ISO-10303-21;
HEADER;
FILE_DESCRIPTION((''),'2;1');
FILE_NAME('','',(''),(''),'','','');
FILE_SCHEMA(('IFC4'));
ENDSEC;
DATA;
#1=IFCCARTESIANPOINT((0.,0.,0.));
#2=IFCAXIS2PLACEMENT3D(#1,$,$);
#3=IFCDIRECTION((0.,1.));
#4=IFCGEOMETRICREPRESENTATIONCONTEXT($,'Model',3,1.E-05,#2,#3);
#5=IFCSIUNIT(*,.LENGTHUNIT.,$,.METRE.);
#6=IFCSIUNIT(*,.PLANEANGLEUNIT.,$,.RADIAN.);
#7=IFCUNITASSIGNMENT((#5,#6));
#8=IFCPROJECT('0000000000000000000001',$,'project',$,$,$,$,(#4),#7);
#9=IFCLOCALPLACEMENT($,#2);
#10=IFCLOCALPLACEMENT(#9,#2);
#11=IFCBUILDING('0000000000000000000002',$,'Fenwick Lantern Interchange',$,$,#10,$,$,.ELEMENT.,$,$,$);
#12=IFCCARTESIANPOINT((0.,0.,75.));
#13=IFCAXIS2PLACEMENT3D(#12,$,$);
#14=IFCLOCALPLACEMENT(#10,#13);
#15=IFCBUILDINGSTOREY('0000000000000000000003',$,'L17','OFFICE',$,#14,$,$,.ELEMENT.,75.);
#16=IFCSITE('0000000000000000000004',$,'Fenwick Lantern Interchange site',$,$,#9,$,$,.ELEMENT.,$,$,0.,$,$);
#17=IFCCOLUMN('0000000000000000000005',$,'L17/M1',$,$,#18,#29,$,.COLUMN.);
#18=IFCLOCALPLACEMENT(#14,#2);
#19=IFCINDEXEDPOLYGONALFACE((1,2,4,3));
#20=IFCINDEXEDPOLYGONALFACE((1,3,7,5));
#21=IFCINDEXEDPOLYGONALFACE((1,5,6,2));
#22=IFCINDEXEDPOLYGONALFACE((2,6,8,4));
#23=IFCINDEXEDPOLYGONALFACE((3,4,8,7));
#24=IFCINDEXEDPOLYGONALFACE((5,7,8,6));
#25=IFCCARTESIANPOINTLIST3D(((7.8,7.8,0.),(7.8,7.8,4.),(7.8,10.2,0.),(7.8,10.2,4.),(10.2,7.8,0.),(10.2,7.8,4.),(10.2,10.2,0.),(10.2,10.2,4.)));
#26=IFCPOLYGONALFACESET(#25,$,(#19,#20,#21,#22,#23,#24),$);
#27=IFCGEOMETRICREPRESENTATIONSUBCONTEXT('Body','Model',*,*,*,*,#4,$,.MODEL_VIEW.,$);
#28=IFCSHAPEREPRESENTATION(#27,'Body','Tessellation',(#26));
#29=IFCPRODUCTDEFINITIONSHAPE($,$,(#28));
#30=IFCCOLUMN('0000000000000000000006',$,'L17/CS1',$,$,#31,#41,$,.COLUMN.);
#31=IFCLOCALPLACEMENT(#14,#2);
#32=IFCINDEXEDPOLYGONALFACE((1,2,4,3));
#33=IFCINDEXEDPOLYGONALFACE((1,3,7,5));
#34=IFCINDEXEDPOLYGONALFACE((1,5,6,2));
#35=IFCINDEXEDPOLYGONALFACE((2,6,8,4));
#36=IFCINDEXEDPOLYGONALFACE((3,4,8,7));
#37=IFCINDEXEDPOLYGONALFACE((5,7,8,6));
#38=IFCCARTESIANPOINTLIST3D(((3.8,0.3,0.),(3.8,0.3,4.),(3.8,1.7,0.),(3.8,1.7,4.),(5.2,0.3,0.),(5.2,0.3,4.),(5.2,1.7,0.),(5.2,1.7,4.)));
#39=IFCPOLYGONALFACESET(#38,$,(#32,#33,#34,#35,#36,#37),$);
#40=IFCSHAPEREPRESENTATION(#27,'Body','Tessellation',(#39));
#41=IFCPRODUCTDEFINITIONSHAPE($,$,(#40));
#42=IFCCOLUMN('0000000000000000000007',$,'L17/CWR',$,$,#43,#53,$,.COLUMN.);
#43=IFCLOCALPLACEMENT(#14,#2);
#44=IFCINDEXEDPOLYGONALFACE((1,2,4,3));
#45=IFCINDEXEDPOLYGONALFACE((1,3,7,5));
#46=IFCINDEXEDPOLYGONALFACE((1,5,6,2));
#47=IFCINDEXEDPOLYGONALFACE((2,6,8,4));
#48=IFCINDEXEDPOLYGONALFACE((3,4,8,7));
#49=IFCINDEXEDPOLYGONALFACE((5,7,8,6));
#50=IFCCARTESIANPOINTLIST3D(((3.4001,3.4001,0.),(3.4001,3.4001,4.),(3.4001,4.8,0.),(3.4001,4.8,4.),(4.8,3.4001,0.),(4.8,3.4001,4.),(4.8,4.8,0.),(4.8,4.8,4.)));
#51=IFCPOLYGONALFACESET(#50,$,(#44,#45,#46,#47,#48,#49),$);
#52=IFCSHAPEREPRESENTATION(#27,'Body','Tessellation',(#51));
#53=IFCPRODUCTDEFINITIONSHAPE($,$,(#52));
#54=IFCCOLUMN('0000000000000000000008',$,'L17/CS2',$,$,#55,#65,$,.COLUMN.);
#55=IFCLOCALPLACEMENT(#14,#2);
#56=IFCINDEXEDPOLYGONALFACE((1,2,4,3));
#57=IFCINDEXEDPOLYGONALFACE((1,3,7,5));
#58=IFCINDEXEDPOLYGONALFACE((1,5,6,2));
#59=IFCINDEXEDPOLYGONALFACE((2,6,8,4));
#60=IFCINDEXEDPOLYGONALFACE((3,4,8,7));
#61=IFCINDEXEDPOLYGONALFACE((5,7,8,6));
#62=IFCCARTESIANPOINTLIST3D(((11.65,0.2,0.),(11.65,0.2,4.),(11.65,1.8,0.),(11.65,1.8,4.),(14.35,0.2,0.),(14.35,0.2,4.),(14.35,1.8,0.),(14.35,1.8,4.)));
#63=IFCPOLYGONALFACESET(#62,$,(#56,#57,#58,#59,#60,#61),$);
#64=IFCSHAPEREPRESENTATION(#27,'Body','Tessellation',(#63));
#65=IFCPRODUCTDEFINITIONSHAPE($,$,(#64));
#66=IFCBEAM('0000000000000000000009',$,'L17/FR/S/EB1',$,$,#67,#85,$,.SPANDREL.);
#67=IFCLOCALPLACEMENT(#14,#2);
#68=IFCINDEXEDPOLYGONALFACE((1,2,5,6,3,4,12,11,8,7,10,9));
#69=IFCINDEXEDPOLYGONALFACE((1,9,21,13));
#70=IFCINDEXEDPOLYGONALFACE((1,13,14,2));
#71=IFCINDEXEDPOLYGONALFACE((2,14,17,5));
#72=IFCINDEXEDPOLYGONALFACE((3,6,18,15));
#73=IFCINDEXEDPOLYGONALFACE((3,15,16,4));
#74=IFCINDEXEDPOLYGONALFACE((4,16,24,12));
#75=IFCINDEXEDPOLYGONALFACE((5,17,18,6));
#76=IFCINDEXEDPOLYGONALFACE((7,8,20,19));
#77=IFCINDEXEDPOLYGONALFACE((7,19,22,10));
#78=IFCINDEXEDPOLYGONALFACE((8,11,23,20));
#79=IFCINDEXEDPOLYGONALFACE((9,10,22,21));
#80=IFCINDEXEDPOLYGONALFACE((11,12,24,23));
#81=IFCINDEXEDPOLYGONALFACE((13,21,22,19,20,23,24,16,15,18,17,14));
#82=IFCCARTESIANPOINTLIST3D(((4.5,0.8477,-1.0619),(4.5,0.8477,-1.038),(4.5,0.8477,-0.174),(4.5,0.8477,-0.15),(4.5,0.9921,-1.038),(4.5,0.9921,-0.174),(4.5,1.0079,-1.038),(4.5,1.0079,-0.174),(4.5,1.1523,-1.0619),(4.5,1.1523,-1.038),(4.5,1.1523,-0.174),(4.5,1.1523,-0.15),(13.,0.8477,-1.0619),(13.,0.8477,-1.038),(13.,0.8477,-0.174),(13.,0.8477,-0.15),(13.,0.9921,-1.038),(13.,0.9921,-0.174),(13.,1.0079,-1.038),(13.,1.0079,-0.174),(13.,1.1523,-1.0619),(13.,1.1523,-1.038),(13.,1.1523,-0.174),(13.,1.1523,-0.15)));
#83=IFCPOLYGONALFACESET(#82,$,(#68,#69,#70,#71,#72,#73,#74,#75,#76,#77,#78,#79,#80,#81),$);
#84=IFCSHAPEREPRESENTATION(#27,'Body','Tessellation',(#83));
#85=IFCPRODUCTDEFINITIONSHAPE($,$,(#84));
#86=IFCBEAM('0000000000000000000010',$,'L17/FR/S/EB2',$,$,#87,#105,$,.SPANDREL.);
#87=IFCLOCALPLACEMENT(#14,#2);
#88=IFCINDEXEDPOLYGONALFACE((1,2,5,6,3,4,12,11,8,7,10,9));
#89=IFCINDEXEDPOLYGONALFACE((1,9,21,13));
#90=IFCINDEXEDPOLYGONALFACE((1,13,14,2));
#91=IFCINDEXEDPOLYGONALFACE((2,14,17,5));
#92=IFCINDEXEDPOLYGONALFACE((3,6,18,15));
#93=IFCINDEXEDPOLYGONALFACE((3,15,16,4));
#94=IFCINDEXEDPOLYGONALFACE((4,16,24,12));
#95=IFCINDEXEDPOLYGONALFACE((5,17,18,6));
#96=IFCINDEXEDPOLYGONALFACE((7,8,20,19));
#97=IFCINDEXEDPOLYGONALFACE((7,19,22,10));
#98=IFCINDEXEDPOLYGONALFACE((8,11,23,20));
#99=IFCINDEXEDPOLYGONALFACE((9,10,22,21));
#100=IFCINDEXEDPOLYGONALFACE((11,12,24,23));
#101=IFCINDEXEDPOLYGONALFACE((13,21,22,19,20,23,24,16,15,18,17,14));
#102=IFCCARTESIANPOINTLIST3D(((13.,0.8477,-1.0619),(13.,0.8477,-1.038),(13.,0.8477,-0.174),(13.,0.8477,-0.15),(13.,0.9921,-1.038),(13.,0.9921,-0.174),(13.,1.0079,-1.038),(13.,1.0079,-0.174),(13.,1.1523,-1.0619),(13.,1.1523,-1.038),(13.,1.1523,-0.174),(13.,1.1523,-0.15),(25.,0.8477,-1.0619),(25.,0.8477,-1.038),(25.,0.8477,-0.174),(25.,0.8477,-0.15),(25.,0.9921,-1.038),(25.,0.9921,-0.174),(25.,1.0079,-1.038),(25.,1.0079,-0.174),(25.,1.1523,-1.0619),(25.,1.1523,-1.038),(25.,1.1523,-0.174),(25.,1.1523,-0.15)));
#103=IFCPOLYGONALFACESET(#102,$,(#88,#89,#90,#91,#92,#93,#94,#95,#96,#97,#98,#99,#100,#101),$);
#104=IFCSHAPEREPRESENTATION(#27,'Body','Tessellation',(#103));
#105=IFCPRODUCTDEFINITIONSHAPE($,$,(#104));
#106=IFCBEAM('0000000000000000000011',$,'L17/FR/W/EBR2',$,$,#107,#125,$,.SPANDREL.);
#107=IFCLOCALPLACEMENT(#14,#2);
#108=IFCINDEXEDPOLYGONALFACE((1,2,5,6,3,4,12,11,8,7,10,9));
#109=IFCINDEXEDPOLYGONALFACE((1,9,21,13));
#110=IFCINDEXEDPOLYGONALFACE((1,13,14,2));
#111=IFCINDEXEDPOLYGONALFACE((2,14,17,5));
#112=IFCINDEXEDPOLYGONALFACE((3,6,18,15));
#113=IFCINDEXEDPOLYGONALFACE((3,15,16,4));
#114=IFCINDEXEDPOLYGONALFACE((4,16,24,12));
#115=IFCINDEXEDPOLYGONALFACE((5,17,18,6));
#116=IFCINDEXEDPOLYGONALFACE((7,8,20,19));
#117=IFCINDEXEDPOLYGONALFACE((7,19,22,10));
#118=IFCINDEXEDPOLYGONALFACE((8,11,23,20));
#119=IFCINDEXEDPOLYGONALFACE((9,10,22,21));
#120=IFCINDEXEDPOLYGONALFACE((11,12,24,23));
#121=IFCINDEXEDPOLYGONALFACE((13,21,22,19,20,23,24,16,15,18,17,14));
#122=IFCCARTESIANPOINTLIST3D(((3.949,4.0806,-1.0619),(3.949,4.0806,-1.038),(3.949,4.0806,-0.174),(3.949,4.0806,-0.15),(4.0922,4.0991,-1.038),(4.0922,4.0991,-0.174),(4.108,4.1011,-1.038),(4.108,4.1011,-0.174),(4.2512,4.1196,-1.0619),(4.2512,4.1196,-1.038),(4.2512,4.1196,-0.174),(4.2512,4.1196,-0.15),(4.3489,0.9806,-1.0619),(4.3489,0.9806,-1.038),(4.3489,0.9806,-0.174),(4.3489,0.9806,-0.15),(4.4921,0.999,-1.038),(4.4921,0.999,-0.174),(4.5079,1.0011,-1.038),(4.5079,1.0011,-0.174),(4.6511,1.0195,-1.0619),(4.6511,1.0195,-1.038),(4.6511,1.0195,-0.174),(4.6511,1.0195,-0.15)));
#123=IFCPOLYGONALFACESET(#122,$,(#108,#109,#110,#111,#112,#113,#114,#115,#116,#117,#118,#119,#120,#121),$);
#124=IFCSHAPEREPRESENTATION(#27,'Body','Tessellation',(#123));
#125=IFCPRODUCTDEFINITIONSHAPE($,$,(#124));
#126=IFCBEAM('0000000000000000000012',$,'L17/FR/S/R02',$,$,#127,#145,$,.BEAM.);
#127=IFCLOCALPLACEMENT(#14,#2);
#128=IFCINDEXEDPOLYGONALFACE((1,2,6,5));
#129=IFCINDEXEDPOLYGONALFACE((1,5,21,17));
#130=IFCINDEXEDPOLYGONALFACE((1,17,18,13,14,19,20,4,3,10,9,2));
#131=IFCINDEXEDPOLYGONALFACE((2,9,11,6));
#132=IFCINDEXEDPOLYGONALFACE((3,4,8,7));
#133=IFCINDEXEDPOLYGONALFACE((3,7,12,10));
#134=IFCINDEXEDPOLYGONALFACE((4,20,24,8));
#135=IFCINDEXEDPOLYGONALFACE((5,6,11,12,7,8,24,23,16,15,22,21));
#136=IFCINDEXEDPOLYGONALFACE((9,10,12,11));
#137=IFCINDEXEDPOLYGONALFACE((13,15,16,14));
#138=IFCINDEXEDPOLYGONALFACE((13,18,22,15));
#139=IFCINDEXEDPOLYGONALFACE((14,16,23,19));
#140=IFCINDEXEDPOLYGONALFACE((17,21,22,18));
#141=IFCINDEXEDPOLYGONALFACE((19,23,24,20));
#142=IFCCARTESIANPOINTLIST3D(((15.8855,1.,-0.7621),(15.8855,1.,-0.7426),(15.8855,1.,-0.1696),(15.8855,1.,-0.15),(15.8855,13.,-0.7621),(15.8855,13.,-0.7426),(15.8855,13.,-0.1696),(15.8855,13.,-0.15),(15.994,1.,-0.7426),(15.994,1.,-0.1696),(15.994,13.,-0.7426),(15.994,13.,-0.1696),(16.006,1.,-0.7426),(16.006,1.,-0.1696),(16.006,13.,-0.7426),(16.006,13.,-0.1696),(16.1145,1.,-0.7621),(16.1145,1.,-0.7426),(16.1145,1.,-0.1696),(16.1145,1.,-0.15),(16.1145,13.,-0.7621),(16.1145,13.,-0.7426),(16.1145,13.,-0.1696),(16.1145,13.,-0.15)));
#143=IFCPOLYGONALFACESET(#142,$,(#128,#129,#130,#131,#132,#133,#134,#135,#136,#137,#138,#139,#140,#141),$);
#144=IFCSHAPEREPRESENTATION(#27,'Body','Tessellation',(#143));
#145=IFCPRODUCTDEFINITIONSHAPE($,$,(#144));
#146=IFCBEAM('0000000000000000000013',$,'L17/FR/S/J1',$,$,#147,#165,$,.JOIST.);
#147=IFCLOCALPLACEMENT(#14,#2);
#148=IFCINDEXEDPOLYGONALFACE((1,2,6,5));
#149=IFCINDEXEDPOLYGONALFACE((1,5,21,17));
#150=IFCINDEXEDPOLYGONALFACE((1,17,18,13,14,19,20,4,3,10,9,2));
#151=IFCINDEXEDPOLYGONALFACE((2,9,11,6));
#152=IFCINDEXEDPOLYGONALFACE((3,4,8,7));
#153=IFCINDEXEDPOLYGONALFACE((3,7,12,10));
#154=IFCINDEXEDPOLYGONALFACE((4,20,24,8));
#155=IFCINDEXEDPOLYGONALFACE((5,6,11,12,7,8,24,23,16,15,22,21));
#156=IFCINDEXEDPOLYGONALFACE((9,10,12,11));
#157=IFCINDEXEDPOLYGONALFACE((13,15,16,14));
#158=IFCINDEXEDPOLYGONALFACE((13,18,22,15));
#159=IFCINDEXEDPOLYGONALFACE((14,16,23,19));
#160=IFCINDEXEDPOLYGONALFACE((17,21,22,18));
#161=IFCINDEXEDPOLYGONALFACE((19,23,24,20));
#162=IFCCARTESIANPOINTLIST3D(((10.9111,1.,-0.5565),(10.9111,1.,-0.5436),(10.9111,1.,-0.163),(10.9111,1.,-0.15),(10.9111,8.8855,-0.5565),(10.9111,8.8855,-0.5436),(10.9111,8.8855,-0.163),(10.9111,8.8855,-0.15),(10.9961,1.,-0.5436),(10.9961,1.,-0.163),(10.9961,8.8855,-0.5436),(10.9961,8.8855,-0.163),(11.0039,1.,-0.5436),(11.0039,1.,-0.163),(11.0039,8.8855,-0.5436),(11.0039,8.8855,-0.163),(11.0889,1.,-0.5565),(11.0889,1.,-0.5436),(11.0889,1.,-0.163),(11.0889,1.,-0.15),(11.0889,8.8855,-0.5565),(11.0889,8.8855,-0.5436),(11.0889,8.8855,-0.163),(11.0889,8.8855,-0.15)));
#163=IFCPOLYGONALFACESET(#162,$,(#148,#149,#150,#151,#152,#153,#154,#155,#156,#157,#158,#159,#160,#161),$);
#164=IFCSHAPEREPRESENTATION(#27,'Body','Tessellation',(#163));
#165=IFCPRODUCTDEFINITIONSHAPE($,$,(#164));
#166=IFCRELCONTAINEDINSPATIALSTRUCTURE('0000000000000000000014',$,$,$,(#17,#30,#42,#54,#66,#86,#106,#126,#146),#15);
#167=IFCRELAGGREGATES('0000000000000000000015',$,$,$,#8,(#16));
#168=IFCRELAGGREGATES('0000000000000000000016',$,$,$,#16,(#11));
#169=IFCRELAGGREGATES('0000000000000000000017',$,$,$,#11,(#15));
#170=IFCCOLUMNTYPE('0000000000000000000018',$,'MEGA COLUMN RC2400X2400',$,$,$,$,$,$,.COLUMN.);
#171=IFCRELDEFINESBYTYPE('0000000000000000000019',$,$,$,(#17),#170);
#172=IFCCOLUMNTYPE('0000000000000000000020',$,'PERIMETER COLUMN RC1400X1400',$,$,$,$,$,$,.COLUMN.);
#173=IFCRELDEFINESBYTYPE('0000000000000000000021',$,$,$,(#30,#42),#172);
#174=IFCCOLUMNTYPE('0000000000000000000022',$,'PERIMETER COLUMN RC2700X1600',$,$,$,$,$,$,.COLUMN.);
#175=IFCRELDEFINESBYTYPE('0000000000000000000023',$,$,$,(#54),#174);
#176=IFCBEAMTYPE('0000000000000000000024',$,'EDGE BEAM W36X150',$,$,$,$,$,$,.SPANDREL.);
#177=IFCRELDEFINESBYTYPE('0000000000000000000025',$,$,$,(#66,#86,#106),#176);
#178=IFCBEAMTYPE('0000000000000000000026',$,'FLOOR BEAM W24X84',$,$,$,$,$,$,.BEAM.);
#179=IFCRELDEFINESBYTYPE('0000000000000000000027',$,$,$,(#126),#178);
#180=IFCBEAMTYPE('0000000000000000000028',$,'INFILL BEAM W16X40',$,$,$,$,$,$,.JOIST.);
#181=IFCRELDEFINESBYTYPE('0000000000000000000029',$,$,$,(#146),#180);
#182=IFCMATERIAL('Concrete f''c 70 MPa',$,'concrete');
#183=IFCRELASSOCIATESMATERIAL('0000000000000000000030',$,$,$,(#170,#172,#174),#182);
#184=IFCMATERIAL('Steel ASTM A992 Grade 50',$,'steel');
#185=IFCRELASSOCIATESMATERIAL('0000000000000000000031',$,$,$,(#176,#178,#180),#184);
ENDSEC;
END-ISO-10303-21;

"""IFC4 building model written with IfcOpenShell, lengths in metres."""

from ifc_helpers import new_model, si_unit, direction, frame, origin, origin_2d, place, context, subcontext, project, spatial, rectangle, i_section, extrude, material, material_profile, profile_set, type_object, element, save


model = new_model("IFC4")

# Units and contexts
model_context = context("Model", 3, precision=1e-05, world=origin(), true_north=direction((0.0, 1.0)))
body_context = subcontext(model_context, "Body", "Model", "MODEL_VIEW")
ifc_project = project(units=[si_unit("LENGTHUNIT", "METRE"), si_unit("PLANEANGLEUNIT", "RADIAN")], contexts=[model_context])

# Site, building, storey
site_placement = place(None, origin())
site = spatial("IfcSite", under=ifc_project, at=site_placement, Name="Fenwick Lantern Interchange site", CompositionType="ELEMENT", RefElevation=0.0)
building_placement = place(site_placement, origin())
building = spatial("IfcBuilding", under=site, at=building_placement, Name="Fenwick Lantern Interchange", CompositionType="ELEMENT")
storey_placement = place(building_placement, frame((0.0, 0.0, 75.0)))
storey = spatial("IfcBuildingStorey", under=building, at=storey_placement, Name="L17", Description="OFFICE", CompositionType="ELEMENT", Elevation=75.0)

# Columns
ifc_material_1 = material(Name="Concrete f'c 70 MPa", Category="concrete")
ifc_material_profile_1 = material_profile(ifc_material_1, rectangle(XDim=2.3999, YDim=2.3999, at=origin_2d()), Name="RC2400X2400")
ifc_profile_set_1 = profile_set([ifc_material_profile_1], Name="Concrete f'c 70 MPa")
column_type_1 = type_object("IfcColumnType", Name="MEGA COLUMN RC2400X2400", PredefinedType="COLUMN", material=ifc_profile_set_1)
column_1_placement = place(storey_placement, frame((9.0, 9.0, 0.0), z_axis=(0.0, 0.0, 1.0), x_axis=(1.0, 0.0, 0.0)))
element("IfcColumn", 1, at=column_1_placement, inside=storey, type_object=column_type_1, Name="L17/M1", PredefinedType="COLUMN", context=body_context, shape_type="SweptSolid", body=[
    extrude(rectangle(XDim=2.3999, YDim=2.3999, at=origin_2d()), origin(), (0.0, 0.0, 1.0), 4.0),
])
ifc_material_profile_2 = material_profile(ifc_material_1, rectangle(XDim=1.3999, YDim=1.3999, at=origin_2d()), Name="RC1400X1400")
ifc_profile_set_2 = profile_set([ifc_material_profile_2], Name="Concrete f'c 70 MPa")
column_type_2 = type_object("IfcColumnType", Name="PERIMETER COLUMN RC1400X1400", PredefinedType="COLUMN", material=ifc_profile_set_2)
for number, where, z_axis, x_axis, name in (
    (2, (4.5, 1.0, 0.0), (0.0, 0.0, 1.0), (1.0, 0.0, 0.0), "L17/CS1"),
    (3, (4.1001, 4.1001, 0.0), (0.0, 0.0, 1.0), (1.0, 0.0, 0.0), "L17/CWR"),
):
    element("IfcColumn", number, at=place(storey_placement, frame(where, z_axis=z_axis, x_axis=x_axis)), inside=storey, type_object=column_type_2, Name=name, PredefinedType="COLUMN", context=body_context, shape_type="SweptSolid", body=[
        extrude(rectangle(XDim=1.3999, YDim=1.3999, at=origin_2d()), origin(), (0.0, 0.0, 1.0), 4.0),
    ])
ifc_material_profile_3 = material_profile(ifc_material_1, rectangle(XDim=2.7, YDim=1.6001, at=origin_2d()), Name="RC2700X1600")
ifc_profile_set_3 = profile_set([ifc_material_profile_3], Name="Concrete f'c 70 MPa")
column_type_3 = type_object("IfcColumnType", Name="PERIMETER COLUMN RC2700X1600", PredefinedType="COLUMN", material=ifc_profile_set_3)
column_2_placement = place(storey_placement, frame((13.0, 1.0, 0.0), z_axis=(0.0, 0.0, 1.0), x_axis=(1.0, 0.0, 0.0)))
element("IfcColumn", 4, at=column_2_placement, inside=storey, type_object=column_type_3, Name="L17/CS2", PredefinedType="COLUMN", context=body_context, shape_type="SweptSolid", body=[
    extrude(rectangle(XDim=2.7, YDim=1.6001, at=origin_2d()), origin(), (0.0, 0.0, 1.0), 4.0),
])

# Beams
ifc_material_2 = material(Name="Steel ASTM A992 Grade 50", Category="steel")
ifc_material_profile_4 = material_profile(ifc_material_2, i_section(OverallWidth=0.3047, OverallDepth=0.9119, WebThickness=0.0159, FlangeThickness=0.0239, at=origin_2d()), Name="W36X150")
ifc_profile_set_4 = profile_set([ifc_material_profile_4], Name="Steel ASTM A992 Grade 50")
beam_type_1 = type_object("IfcBeamType", Name="EDGE BEAM W36X150", PredefinedType="SPANDREL", material=ifc_profile_set_4)
beam_1_placement = place(storey_placement, frame((4.5, 1.0, -0.606), z_axis=(1.0, 0.0, 0.0), x_axis=(0.0, 1.0, 0.0)))
element("IfcBeam", 5, at=beam_1_placement, inside=storey, type_object=beam_type_1, Name="L17/FR/S/EB1", PredefinedType="SPANDREL", context=body_context, shape_type="SweptSolid", body=[
    extrude(i_section(OverallWidth=0.3047, OverallDepth=0.9119, WebThickness=0.0159, FlangeThickness=0.0239, at=origin_2d()), origin(), (0.0, 0.0, 1.0), 8.5),
])
beam_2_placement = place(storey_placement, frame((13.0, 1.0, -0.606), z_axis=(1.0, 0.0, 0.0), x_axis=(0.0, 1.0, 0.0)))
element("IfcBeam", 6, at=beam_2_placement, inside=storey, type_object=beam_type_1, Name="L17/FR/S/EB2", PredefinedType="SPANDREL", context=body_context, shape_type="SweptSolid", body=[
    extrude(i_section(OverallWidth=0.3047, OverallDepth=0.9119, WebThickness=0.0159, FlangeThickness=0.0239, at=origin_2d()), origin(), (0.0, 0.0, 1.0), 12.0),
])
beam_3_placement = place(storey_placement, frame((4.1001, 4.1001, -0.606), z_axis=(0.127937, -0.991782, 0.0), x_axis=(0.991782, 0.127937, 0.0)))
element("IfcBeam", 7, at=beam_3_placement, inside=storey, type_object=beam_type_1, Name="L17/FR/W/EBR2", PredefinedType="SPANDREL", context=body_context, shape_type="SweptSolid", body=[
    extrude(i_section(OverallWidth=0.3047, OverallDepth=0.9119, WebThickness=0.0159, FlangeThickness=0.0239, at=origin_2d()), origin(), (0.0, 0.0, 1.0), 3.1257),
])
ifc_material_profile_5 = material_profile(ifc_material_2, i_section(OverallWidth=0.229, OverallDepth=0.6121, WebThickness=0.012, FlangeThickness=0.0195, at=origin_2d()), Name="W24X84")
ifc_profile_set_5 = profile_set([ifc_material_profile_5], Name="Steel ASTM A992 Grade 50")
beam_type_2 = type_object("IfcBeamType", Name="FLOOR BEAM W24X84", PredefinedType="BEAM", material=ifc_profile_set_5)
beam_4_placement = place(storey_placement, frame((16.0, 1.0, -0.4561), z_axis=(0.0, 1.0, 0.0), x_axis=(-1.0, 0.0, 0.0)))
element("IfcBeam", 8, at=beam_4_placement, inside=storey, type_object=beam_type_2, Name="L17/FR/S/R02", PredefinedType="BEAM", context=body_context, shape_type="SweptSolid", body=[
    extrude(i_section(OverallWidth=0.229, OverallDepth=0.6121, WebThickness=0.012, FlangeThickness=0.0195, at=origin_2d()), origin(), (0.0, 0.0, 1.0), 12.0),
])
ifc_material_profile_6 = material_profile(ifc_material_2, i_section(OverallWidth=0.1777, OverallDepth=0.4065, WebThickness=0.0078, FlangeThickness=0.0129, at=origin_2d()), Name="W16X40")
ifc_profile_set_6 = profile_set([ifc_material_profile_6], Name="Steel ASTM A992 Grade 50")
beam_type_3 = type_object("IfcBeamType", Name="INFILL BEAM W16X40", PredefinedType="JOIST", material=ifc_profile_set_6)
beam_5_placement = place(storey_placement, frame((11.0, 1.0, -0.3533), z_axis=(0.0, 1.0, 0.0), x_axis=(-1.0, 0.0, 0.0)))
element("IfcBeam", 9, at=beam_5_placement, inside=storey, type_object=beam_type_3, Name="L17/FR/S/J1", PredefinedType="JOIST", context=body_context, shape_type="SweptSolid", body=[
    extrude(i_section(OverallWidth=0.1777, OverallDepth=0.4065, WebThickness=0.0078, FlangeThickness=0.0129, at=origin_2d()), origin(), (0.0, 0.0, 1.0), 7.8855),
])

save(model, "model.ifc")
